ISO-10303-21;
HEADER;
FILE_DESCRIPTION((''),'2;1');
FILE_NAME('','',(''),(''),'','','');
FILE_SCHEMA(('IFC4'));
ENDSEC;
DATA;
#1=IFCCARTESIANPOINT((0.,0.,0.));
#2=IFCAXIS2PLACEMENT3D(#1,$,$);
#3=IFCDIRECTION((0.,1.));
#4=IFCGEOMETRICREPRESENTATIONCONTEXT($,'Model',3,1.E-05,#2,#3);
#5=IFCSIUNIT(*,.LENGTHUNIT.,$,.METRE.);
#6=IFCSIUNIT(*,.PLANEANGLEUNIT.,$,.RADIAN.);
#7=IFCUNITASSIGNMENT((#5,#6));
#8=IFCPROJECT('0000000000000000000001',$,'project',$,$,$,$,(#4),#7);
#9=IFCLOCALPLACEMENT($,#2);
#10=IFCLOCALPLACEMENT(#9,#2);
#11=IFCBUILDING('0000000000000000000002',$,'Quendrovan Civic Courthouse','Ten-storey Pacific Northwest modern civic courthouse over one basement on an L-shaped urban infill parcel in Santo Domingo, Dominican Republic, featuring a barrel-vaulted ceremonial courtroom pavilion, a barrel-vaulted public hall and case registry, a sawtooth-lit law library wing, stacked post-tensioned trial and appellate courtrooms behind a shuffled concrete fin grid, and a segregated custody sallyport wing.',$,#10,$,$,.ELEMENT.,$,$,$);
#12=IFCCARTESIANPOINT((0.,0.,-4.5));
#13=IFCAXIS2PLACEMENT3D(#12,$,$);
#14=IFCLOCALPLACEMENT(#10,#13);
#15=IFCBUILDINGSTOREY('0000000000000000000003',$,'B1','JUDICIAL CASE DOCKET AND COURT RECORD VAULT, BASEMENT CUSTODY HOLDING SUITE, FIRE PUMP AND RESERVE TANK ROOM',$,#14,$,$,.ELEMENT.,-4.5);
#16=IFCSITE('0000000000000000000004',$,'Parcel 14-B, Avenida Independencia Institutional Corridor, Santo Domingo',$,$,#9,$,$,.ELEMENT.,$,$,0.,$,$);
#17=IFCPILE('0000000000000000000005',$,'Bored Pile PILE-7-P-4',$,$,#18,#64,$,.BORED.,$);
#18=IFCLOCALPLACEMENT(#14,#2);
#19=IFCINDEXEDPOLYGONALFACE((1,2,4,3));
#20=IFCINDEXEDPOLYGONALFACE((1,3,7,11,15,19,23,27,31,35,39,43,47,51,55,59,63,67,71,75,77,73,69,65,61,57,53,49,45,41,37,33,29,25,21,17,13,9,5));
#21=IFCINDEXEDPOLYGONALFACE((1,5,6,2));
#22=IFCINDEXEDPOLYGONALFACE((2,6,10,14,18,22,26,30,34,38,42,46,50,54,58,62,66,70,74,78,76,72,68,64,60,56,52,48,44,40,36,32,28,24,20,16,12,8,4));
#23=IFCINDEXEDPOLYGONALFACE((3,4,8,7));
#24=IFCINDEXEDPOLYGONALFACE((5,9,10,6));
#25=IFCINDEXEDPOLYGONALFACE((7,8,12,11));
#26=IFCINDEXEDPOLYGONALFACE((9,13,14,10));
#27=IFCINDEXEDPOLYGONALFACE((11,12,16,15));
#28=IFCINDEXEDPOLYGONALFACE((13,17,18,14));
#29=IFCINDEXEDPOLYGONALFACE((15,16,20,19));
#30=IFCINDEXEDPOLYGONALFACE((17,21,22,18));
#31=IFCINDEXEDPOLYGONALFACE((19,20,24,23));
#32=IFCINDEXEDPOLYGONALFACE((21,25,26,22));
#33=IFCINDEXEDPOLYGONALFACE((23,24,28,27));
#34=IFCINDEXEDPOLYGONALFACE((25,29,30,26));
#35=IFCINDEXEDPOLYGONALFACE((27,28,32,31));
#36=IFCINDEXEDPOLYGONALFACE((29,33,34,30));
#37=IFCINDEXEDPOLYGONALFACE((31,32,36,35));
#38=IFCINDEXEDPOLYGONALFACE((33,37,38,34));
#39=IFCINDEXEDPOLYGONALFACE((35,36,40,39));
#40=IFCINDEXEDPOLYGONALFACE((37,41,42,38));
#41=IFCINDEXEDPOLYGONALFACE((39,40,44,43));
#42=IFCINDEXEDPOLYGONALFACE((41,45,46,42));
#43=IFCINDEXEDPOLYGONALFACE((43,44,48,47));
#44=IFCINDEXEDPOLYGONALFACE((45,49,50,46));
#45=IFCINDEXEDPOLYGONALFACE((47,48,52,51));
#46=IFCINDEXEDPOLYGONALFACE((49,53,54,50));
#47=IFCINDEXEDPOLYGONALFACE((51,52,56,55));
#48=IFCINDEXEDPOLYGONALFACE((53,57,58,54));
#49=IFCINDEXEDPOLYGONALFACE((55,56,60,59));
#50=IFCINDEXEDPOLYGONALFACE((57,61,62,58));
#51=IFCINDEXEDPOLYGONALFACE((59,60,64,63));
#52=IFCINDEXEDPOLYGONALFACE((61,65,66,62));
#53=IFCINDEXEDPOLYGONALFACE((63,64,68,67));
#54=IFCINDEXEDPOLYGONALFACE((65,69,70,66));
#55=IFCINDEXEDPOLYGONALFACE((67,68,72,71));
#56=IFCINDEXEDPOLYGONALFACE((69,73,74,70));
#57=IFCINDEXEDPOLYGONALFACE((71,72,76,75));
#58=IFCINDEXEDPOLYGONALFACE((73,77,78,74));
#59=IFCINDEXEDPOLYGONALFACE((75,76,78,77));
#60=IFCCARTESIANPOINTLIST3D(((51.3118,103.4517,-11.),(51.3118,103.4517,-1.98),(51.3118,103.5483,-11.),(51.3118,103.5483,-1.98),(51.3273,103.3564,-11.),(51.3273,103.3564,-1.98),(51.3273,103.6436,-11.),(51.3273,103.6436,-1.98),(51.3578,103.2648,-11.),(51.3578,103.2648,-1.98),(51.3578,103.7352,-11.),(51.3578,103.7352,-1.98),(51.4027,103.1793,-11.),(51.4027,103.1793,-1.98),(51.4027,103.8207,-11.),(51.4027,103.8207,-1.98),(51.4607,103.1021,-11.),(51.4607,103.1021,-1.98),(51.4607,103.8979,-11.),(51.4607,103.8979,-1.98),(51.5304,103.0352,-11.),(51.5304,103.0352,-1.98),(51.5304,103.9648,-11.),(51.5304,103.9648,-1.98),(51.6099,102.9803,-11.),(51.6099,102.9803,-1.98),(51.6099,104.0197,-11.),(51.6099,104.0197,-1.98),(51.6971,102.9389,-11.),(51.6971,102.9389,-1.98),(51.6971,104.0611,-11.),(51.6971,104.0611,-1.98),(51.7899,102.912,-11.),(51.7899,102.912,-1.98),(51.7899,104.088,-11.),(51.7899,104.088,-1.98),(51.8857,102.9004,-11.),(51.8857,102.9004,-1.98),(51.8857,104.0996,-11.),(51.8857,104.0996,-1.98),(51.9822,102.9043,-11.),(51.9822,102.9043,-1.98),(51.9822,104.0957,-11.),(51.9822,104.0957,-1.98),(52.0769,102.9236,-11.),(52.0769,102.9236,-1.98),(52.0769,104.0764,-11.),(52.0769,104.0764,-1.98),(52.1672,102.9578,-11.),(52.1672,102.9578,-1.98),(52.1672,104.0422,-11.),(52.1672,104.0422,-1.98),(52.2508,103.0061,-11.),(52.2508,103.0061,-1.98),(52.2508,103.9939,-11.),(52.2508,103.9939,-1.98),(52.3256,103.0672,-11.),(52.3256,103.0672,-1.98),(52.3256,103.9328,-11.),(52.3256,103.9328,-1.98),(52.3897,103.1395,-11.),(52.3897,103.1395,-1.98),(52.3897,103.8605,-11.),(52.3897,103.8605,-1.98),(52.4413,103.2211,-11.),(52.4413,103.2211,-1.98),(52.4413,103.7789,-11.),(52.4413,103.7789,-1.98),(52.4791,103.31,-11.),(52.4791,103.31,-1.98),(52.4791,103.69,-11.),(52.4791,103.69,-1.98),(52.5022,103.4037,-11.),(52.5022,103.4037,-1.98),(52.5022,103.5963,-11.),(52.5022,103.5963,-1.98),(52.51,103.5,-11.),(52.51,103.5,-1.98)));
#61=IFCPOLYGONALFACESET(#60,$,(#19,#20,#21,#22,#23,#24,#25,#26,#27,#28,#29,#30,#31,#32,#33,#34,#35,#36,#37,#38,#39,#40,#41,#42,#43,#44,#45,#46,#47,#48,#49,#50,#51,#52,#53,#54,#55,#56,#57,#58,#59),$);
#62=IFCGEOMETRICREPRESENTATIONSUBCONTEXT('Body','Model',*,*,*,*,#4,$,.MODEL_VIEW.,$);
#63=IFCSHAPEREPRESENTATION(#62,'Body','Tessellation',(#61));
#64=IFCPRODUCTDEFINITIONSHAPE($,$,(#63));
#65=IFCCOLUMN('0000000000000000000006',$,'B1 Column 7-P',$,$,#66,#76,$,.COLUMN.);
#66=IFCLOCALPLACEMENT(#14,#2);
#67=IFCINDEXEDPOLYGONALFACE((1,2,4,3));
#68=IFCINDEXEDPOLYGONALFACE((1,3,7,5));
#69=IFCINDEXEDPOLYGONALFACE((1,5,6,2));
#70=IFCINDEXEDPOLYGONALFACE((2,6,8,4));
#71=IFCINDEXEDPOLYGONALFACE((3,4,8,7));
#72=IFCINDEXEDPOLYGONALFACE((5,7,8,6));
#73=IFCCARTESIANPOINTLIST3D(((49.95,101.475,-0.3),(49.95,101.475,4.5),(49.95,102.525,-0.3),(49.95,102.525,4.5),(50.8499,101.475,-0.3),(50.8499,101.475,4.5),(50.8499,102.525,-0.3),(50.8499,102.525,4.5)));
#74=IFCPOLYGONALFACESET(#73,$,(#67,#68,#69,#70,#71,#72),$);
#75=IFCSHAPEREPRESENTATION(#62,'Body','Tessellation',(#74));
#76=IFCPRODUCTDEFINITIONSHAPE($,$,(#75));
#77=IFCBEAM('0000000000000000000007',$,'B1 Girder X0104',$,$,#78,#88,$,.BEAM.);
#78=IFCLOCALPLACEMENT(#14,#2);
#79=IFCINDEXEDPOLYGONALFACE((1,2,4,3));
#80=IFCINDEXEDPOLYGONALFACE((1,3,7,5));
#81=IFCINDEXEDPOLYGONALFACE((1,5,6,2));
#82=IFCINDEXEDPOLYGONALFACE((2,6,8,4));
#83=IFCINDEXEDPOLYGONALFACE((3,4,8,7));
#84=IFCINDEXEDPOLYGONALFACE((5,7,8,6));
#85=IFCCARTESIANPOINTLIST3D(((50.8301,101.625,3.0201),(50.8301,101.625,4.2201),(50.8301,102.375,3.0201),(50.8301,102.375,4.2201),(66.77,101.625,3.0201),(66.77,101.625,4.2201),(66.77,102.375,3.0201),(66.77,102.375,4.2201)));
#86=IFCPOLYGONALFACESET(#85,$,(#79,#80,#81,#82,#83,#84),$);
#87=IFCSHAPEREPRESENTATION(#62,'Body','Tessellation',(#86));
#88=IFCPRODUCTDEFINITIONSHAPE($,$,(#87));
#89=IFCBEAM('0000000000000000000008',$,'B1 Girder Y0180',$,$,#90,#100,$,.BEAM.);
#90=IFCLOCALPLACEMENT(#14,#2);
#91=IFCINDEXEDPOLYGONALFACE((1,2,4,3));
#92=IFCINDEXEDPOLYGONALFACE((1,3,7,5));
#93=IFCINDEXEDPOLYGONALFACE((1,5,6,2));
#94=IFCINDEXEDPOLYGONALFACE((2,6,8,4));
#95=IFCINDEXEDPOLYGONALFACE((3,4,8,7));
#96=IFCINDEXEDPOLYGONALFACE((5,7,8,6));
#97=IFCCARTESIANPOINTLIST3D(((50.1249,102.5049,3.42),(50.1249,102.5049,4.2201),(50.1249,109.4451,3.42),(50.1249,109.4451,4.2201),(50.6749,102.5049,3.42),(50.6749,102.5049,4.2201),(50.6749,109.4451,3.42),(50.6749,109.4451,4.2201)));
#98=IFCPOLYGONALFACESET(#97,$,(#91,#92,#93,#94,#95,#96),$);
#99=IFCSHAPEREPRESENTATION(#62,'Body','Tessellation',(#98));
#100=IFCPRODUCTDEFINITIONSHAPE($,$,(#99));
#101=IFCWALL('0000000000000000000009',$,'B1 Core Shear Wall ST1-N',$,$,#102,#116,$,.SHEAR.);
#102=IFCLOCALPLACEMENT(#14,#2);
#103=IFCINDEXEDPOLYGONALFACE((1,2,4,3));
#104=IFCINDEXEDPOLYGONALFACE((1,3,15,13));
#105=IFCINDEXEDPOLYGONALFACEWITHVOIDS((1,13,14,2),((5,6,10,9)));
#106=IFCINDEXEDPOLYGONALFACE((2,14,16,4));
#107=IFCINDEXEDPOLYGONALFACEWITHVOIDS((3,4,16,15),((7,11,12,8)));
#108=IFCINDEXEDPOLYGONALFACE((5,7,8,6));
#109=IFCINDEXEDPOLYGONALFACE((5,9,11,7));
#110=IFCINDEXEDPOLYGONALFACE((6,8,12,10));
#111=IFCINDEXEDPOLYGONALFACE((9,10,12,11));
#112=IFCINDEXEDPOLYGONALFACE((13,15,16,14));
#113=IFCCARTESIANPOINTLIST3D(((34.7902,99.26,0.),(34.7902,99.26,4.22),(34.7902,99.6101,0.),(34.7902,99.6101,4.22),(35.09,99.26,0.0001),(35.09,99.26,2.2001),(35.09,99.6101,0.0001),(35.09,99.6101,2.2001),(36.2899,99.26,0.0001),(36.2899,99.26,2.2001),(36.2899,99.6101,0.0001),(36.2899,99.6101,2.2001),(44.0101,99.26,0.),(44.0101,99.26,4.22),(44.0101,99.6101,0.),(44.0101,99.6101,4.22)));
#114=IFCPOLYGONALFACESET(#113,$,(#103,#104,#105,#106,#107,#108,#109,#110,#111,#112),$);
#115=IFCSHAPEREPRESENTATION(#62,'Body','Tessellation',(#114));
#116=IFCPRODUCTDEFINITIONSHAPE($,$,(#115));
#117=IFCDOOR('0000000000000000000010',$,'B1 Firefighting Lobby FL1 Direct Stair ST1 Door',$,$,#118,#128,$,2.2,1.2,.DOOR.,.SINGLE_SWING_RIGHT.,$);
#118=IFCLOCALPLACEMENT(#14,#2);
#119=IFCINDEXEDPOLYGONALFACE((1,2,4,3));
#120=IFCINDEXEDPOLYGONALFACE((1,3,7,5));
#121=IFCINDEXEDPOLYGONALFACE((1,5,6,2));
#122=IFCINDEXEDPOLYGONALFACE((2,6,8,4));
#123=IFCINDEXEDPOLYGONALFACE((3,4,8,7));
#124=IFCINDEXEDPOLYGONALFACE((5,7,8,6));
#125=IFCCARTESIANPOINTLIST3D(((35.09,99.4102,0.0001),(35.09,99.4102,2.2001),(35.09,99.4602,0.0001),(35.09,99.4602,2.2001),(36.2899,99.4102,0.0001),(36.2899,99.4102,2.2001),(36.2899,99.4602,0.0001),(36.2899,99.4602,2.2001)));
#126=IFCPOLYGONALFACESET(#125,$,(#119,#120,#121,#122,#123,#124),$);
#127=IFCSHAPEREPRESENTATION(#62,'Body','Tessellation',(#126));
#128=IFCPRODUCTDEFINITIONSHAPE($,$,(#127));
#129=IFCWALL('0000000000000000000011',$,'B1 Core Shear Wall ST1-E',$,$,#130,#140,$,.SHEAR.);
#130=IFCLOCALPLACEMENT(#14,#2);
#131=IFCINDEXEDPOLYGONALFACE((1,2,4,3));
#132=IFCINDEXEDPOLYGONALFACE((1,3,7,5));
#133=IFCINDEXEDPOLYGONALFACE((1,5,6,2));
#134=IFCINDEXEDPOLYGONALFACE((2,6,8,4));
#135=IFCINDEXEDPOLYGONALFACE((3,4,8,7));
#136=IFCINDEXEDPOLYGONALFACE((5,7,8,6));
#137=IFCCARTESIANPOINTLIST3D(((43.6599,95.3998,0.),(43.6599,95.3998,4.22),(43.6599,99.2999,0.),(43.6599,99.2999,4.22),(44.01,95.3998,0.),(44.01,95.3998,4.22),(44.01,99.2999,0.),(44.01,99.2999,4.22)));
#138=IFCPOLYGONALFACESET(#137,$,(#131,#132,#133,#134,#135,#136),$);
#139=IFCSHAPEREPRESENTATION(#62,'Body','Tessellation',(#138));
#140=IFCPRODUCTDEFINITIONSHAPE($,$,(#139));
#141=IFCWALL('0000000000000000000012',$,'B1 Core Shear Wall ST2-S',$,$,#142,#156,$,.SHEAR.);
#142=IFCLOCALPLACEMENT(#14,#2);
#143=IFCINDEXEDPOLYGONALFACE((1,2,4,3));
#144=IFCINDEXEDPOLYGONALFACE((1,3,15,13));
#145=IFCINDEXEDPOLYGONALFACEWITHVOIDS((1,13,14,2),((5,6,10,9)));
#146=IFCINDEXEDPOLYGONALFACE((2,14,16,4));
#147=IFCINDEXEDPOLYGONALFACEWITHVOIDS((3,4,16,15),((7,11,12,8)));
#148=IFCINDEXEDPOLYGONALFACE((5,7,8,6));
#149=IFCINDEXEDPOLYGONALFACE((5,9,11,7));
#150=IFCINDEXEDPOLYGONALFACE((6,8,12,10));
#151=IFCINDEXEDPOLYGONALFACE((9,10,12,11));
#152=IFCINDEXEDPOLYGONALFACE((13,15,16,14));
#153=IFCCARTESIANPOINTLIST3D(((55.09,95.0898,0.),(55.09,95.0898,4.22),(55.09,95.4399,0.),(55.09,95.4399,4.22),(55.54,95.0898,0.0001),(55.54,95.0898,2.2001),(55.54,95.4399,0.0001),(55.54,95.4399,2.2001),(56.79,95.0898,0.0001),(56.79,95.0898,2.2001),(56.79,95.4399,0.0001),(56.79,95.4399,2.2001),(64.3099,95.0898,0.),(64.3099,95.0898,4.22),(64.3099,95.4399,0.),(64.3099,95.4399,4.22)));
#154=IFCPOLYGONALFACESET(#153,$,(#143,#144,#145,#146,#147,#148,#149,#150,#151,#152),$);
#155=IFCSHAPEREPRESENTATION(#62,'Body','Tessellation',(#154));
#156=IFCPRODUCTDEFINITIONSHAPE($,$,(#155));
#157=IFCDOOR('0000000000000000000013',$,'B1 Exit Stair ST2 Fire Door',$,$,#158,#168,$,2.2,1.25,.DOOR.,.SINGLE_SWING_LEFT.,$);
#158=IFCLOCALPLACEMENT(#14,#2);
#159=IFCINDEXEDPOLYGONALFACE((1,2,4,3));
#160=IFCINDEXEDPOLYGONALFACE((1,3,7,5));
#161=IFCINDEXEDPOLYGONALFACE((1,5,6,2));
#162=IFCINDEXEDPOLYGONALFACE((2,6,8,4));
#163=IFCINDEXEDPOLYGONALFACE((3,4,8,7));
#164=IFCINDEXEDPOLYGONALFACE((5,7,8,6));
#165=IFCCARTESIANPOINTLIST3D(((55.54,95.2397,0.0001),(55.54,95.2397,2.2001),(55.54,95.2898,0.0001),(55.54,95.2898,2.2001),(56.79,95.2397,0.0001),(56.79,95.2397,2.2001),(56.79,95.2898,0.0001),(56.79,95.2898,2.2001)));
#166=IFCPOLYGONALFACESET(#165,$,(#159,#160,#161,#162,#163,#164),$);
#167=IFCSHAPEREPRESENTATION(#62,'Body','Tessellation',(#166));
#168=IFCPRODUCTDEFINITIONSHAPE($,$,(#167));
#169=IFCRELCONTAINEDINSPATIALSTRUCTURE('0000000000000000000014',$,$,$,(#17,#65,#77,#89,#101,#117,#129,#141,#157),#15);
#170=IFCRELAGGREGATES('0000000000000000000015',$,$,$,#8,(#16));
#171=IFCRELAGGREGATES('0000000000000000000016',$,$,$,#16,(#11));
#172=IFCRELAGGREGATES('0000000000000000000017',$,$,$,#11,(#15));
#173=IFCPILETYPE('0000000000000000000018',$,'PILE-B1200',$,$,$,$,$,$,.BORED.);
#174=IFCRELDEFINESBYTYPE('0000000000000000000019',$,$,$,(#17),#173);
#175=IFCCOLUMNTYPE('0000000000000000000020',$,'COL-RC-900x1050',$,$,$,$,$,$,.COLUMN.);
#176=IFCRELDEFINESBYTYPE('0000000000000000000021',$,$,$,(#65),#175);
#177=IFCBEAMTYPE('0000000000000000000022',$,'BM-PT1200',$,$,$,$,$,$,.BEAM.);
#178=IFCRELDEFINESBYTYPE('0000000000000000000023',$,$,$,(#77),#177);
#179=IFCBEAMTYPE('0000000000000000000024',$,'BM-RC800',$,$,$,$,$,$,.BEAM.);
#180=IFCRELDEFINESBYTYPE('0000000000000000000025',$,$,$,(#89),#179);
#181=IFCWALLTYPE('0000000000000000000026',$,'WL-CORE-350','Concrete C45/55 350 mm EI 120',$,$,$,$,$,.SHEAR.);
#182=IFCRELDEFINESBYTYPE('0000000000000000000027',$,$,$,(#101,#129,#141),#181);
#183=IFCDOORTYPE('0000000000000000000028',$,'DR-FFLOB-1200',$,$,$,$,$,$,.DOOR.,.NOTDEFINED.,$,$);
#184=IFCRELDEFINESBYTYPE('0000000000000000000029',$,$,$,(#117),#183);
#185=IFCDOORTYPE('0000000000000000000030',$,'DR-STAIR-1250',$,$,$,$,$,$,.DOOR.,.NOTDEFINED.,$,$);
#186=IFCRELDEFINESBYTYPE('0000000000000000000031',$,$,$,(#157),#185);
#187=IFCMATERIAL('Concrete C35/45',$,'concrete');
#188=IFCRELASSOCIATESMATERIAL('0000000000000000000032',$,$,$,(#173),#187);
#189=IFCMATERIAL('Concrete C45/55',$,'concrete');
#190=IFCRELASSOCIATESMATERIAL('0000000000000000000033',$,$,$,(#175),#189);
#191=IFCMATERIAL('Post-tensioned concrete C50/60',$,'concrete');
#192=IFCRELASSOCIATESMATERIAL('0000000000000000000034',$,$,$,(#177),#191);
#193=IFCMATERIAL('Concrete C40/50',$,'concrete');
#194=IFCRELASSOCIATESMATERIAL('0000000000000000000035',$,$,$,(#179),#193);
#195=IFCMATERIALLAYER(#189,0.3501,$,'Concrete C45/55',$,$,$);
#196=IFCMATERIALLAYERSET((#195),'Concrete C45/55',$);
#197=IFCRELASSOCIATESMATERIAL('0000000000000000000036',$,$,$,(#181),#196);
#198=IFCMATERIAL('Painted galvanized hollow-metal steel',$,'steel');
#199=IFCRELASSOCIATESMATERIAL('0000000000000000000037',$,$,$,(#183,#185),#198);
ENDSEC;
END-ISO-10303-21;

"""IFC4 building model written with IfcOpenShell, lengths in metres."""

from ifc_helpers import new_model, si_unit, direction, frame, frame_2d, origin, origin_2d, place, context, subcontext, project, spatial, rectangle, circle, extrude, material, layer, layer_set, material_profile, profile_set, type_object, element, fill, save


model = new_model("IFC4")

# Units and contexts
model_context = context("Model", 3, precision=1e-05, world=origin(), true_north=direction((0.0, 1.0)))
body_context = subcontext(model_context, "Body", "Model", "MODEL_VIEW")
ifc_project = project(units=[si_unit("LENGTHUNIT", "METRE"), si_unit("PLANEANGLEUNIT", "RADIAN")], contexts=[model_context])

# Site, building, storey
site_placement = place(None, origin())
site = spatial("IfcSite", under=ifc_project, at=site_placement, Name="Parcel 14-B, Avenida Independencia Institutional Corridor, Santo Domingo", CompositionType="ELEMENT", RefElevation=0.0)
building_placement = place(site_placement, origin())
building = spatial("IfcBuilding", under=site, at=building_placement, Name="Quendrovan Civic Courthouse", Description="Ten-storey Pacific Northwest modern civic courthouse over one basement on an L-shaped urban infill parcel in Santo Domingo, Dominican Republic, featuring a barrel-vaulted ceremonial courtroom pavilion, a barrel-vaulted public hall and case registry, a sawtooth-lit law library wing, stacked post-tensioned trial and appellate courtrooms behind a shuffled concrete fin grid, and a segregated custody sallyport wing.", CompositionType="ELEMENT")
storey_placement = place(building_placement, frame((0.0, 0.0, -4.5)))
storey = spatial("IfcBuildingStorey", under=building, at=storey_placement, Name="B1", Description="JUDICIAL CASE DOCKET AND COURT RECORD VAULT, BASEMENT CUSTODY HOLDING SUITE, FIRE PUMP AND RESERVE TANK ROOM", CompositionType="ELEMENT", Elevation=-4.5)

# Shared definitions
ifc_material_1 = material(Name="Concrete C35/45", Category="concrete")

# Pile
ifc_material_profile_1 = material_profile(ifc_material_1, circle(Radius=0.6001, at=origin_2d()), Name="PILE-D1200")
ifc_profile_set_1 = profile_set([ifc_material_profile_1], Name="Concrete C35/45")
pile_type = type_object("IfcPileType", Name="PILE-B1200", PredefinedType="BORED", material=ifc_profile_set_1)
for number, where, z_axis, x_axis, name in (
    (1, (51.9099, 103.5, -1.98), (0.0, 0.0, -1.0), (1.0, 0.0, 0.0), "Bored Pile PILE-7-P-4"),
):
    element("IfcPile", number, at=place(storey_placement, frame(where, z_axis=z_axis, x_axis=x_axis)), inside=storey, type_object=pile_type, Name=name, PredefinedType="BORED", context=body_context, shape_type="SweptSolid", body=[
        extrude(circle(Radius=0.6001, at=origin_2d()), origin(), (0.0, 0.0, 1.0), 9.02),
    ])

# Column
ifc_material_2 = material(Name="Concrete C45/55", Category="concrete")
ifc_material_profile_2 = material_profile(ifc_material_2, rectangle(XDim=0.8999, YDim=1.05, at=origin_2d()), Name="RC-COL-900x1050")
ifc_profile_set_2 = profile_set([ifc_material_profile_2], Name="Concrete C45/55")
column_type = type_object("IfcColumnType", Name="COL-RC-900x1050", PredefinedType="COLUMN", material=ifc_profile_set_2)
column_placement = place(storey_placement, frame((50.3999, 102.0, -0.3), z_axis=(0.0, 0.0, 1.0), x_axis=(1.0, 0.0, 0.0)))
element("IfcColumn", 2, at=column_placement, inside=storey, type_object=column_type, Name="B1 Column 7-P", PredefinedType="COLUMN", context=body_context, shape_type="SweptSolid", body=[
    extrude(rectangle(XDim=0.8999, YDim=1.05, at=origin_2d()), origin(), (0.0, 0.0, 1.0), 4.8),
])

# Beams
ifc_material_3 = material(Name="Post-tensioned concrete C50/60", Category="concrete")
ifc_material_profile_3 = material_profile(ifc_material_3, rectangle(XDim=0.75, YDim=1.2, at=origin_2d()), Name="PT-GIRD-750x1200")
ifc_profile_set_3 = profile_set([ifc_material_profile_3], Name="Post-tensioned concrete C50/60")
beam_type_1 = type_object("IfcBeamType", Name="BM-PT1200", PredefinedType="BEAM", material=ifc_profile_set_3)
beam_1_placement = place(storey_placement, frame((50.8301, 102.0, 3.6201), z_axis=(1.0, 0.0, 0.0), x_axis=(0.0, 1.0, 0.0)))
element("IfcBeam", 3, at=beam_1_placement, inside=storey, type_object=beam_type_1, Name="B1 Girder X0104", PredefinedType="BEAM", context=body_context, shape_type="SweptSolid", body=[
    extrude(rectangle(XDim=0.75, YDim=1.2, at=origin_2d()), origin(), (0.0, 0.0, 1.0), 15.9399),
])
ifc_material_4 = material(Name="Concrete C40/50", Category="concrete")
ifc_material_profile_4 = material_profile(ifc_material_4, rectangle(XDim=0.55, YDim=0.8, at=origin_2d()), Name="RC-BM-550x800")
ifc_profile_set_4 = profile_set([ifc_material_profile_4], Name="Concrete C40/50")
beam_type_2 = type_object("IfcBeamType", Name="BM-RC800", PredefinedType="BEAM", material=ifc_profile_set_4)
beam_2_placement = place(storey_placement, frame((50.3999, 102.5049, 3.8201), z_axis=(0.0, 1.0, 0.0), x_axis=(-1.0, 0.0, 0.0)))
element("IfcBeam", 4, at=beam_2_placement, inside=storey, type_object=beam_type_2, Name="B1 Girder Y0180", PredefinedType="BEAM", context=body_context, shape_type="SweptSolid", body=[
    extrude(rectangle(XDim=0.55, YDim=0.8, at=origin_2d()), origin(), (0.0, 0.0, 1.0), 6.9402),
])

# Wall, opening, door
ifc_layer_1 = layer(ifc_material_2, 0.3501, Name="Concrete C45/55")
ifc_layer_set_1 = layer_set([ifc_layer_1], Name="Concrete C45/55")
wall_type_1 = type_object("IfcWallType", Name="WL-CORE-350", Description="Concrete C45/55 350 mm EI 120", PredefinedType="SHEAR", material=ifc_layer_set_1)
wall_1_placement = place(storey_placement, frame((44.01, 99.4351, 0.0), z_axis=(0.0, 0.0, 1.0), x_axis=(-1.0, 0.0, 0.0)))
wall_1 = element("IfcWall", 5, at=wall_1_placement, inside=storey, type_object=wall_type_1, Name="B1 Core Shear Wall ST1-N", PredefinedType="SHEAR", context=body_context, shape_type="SweptSolid", body=[
    extrude(rectangle(XDim=9.22, YDim=0.3501, at=frame_2d((4.6099, 0.0))), origin(), (0.0, 0.0, 1.0), 4.22),
])
opening_1_placement = place(wall_1_placement, frame((7.72, 0.0, 0.0)))
opening_1 = element("IfcOpeningElement", 6, at=opening_1_placement, cuts=wall_1, PredefinedType="OPENING", context=body_context, shape_type="SweptSolid", body=[
    extrude(rectangle(XDim=1.2, YDim=2.2, at=frame_2d((0.6001, 1.1001))), frame((0.0, 0.1851, 0.0), z_axis=(0.0, -1.0, 0.0), x_axis=(1.0, 0.0, 0.0)), (0.0, 0.0, 1.0), 0.3701),
])
ifc_material_5 = material(Name="Painted galvanized hollow-metal steel", Category="steel")
door_type_1 = type_object("IfcDoorType", Name="DR-FFLOB-1200", OperationType="NOTDEFINED", PredefinedType="DOOR", material=ifc_material_5)
door_1_placement = place(opening_1_placement, origin())
door_1 = element("IfcDoor", 7, at=door_1_placement, inside=storey, type_object=door_type_1, Name="B1 Firefighting Lobby FL1 Direct Stair ST1 Door", OperationType="SINGLE_SWING_RIGHT", OverallHeight=2.2, OverallWidth=1.2, PredefinedType="DOOR", context=body_context, shape_type="SweptSolid", body=[
    extrude(rectangle(XDim=1.2, YDim=2.2, at=frame_2d((0.6001, 1.1001))), frame((0.0, 0.0249, 0.0), z_axis=(0.0, -1.0, 0.0), x_axis=(1.0, 0.0, 0.0)), (0.0, 0.0, 1.0), 0.05),
])
fill(opening_1, door_1)

# Wall
wall_2_placement = place(storey_placement, frame((43.835, 99.3, 0.0), z_axis=(0.0, 0.0, 1.0), x_axis=(0.0, -1.0, 0.0)))
element("IfcWall", 8, at=wall_2_placement, inside=storey, type_object=wall_type_1, Name="B1 Core Shear Wall ST1-E", PredefinedType="SHEAR", context=body_context, shape_type="SweptSolid", body=[
    extrude(rectangle(XDim=3.9001, YDim=0.3501, at=frame_2d((1.9502, 0.0))), origin(), (0.0, 0.0, 1.0), 4.22),
])

# Wall, opening, door
wall_3_placement = place(storey_placement, frame((55.0901, 95.2649, 0.0), z_axis=(0.0, 0.0, 1.0), x_axis=(1.0, 0.0, 0.0)))
wall_3 = element("IfcWall", 9, at=wall_3_placement, inside=storey, type_object=wall_type_1, Name="B1 Core Shear Wall ST2-S", PredefinedType="SHEAR", context=body_context, shape_type="SweptSolid", body=[
    extrude(rectangle(XDim=9.22, YDim=0.3501, at=frame_2d((4.6099, 0.0))), origin(), (0.0, 0.0, 1.0), 4.22),
])
opening_2_placement = place(wall_3_placement, frame((0.45, 0.0, 0.0)))
opening_2 = element("IfcOpeningElement", 10, at=opening_2_placement, cuts=wall_3, PredefinedType="OPENING", context=body_context, shape_type="SweptSolid", body=[
    extrude(rectangle(XDim=1.25, YDim=2.2, at=frame_2d((0.625, 1.1001))), frame((0.0, 0.1851, 0.0), z_axis=(0.0, -1.0, 0.0), x_axis=(1.0, 0.0, 0.0)), (0.0, 0.0, 1.0), 0.3701),
])
door_type_2 = type_object("IfcDoorType", Name="DR-STAIR-1250", OperationType="NOTDEFINED", PredefinedType="DOOR", material=ifc_material_5)
door_2_placement = place(opening_2_placement, origin())
door_2 = element("IfcDoor", 11, at=door_2_placement, inside=storey, type_object=door_type_2, Name="B1 Exit Stair ST2 Fire Door", OperationType="SINGLE_SWING_LEFT", OverallHeight=2.2, OverallWidth=1.25, PredefinedType="DOOR", context=body_context, shape_type="SweptSolid", body=[
    extrude(rectangle(XDim=1.25, YDim=2.2, at=frame_2d((0.625, 1.1001))), frame((0.0, 0.0249, 0.0), z_axis=(0.0, -1.0, 0.0), x_axis=(1.0, 0.0, 0.0)), (0.0, 0.0, 1.0), 0.05),
])
fill(opening_2, door_2)

save(model, "model.ifc")
